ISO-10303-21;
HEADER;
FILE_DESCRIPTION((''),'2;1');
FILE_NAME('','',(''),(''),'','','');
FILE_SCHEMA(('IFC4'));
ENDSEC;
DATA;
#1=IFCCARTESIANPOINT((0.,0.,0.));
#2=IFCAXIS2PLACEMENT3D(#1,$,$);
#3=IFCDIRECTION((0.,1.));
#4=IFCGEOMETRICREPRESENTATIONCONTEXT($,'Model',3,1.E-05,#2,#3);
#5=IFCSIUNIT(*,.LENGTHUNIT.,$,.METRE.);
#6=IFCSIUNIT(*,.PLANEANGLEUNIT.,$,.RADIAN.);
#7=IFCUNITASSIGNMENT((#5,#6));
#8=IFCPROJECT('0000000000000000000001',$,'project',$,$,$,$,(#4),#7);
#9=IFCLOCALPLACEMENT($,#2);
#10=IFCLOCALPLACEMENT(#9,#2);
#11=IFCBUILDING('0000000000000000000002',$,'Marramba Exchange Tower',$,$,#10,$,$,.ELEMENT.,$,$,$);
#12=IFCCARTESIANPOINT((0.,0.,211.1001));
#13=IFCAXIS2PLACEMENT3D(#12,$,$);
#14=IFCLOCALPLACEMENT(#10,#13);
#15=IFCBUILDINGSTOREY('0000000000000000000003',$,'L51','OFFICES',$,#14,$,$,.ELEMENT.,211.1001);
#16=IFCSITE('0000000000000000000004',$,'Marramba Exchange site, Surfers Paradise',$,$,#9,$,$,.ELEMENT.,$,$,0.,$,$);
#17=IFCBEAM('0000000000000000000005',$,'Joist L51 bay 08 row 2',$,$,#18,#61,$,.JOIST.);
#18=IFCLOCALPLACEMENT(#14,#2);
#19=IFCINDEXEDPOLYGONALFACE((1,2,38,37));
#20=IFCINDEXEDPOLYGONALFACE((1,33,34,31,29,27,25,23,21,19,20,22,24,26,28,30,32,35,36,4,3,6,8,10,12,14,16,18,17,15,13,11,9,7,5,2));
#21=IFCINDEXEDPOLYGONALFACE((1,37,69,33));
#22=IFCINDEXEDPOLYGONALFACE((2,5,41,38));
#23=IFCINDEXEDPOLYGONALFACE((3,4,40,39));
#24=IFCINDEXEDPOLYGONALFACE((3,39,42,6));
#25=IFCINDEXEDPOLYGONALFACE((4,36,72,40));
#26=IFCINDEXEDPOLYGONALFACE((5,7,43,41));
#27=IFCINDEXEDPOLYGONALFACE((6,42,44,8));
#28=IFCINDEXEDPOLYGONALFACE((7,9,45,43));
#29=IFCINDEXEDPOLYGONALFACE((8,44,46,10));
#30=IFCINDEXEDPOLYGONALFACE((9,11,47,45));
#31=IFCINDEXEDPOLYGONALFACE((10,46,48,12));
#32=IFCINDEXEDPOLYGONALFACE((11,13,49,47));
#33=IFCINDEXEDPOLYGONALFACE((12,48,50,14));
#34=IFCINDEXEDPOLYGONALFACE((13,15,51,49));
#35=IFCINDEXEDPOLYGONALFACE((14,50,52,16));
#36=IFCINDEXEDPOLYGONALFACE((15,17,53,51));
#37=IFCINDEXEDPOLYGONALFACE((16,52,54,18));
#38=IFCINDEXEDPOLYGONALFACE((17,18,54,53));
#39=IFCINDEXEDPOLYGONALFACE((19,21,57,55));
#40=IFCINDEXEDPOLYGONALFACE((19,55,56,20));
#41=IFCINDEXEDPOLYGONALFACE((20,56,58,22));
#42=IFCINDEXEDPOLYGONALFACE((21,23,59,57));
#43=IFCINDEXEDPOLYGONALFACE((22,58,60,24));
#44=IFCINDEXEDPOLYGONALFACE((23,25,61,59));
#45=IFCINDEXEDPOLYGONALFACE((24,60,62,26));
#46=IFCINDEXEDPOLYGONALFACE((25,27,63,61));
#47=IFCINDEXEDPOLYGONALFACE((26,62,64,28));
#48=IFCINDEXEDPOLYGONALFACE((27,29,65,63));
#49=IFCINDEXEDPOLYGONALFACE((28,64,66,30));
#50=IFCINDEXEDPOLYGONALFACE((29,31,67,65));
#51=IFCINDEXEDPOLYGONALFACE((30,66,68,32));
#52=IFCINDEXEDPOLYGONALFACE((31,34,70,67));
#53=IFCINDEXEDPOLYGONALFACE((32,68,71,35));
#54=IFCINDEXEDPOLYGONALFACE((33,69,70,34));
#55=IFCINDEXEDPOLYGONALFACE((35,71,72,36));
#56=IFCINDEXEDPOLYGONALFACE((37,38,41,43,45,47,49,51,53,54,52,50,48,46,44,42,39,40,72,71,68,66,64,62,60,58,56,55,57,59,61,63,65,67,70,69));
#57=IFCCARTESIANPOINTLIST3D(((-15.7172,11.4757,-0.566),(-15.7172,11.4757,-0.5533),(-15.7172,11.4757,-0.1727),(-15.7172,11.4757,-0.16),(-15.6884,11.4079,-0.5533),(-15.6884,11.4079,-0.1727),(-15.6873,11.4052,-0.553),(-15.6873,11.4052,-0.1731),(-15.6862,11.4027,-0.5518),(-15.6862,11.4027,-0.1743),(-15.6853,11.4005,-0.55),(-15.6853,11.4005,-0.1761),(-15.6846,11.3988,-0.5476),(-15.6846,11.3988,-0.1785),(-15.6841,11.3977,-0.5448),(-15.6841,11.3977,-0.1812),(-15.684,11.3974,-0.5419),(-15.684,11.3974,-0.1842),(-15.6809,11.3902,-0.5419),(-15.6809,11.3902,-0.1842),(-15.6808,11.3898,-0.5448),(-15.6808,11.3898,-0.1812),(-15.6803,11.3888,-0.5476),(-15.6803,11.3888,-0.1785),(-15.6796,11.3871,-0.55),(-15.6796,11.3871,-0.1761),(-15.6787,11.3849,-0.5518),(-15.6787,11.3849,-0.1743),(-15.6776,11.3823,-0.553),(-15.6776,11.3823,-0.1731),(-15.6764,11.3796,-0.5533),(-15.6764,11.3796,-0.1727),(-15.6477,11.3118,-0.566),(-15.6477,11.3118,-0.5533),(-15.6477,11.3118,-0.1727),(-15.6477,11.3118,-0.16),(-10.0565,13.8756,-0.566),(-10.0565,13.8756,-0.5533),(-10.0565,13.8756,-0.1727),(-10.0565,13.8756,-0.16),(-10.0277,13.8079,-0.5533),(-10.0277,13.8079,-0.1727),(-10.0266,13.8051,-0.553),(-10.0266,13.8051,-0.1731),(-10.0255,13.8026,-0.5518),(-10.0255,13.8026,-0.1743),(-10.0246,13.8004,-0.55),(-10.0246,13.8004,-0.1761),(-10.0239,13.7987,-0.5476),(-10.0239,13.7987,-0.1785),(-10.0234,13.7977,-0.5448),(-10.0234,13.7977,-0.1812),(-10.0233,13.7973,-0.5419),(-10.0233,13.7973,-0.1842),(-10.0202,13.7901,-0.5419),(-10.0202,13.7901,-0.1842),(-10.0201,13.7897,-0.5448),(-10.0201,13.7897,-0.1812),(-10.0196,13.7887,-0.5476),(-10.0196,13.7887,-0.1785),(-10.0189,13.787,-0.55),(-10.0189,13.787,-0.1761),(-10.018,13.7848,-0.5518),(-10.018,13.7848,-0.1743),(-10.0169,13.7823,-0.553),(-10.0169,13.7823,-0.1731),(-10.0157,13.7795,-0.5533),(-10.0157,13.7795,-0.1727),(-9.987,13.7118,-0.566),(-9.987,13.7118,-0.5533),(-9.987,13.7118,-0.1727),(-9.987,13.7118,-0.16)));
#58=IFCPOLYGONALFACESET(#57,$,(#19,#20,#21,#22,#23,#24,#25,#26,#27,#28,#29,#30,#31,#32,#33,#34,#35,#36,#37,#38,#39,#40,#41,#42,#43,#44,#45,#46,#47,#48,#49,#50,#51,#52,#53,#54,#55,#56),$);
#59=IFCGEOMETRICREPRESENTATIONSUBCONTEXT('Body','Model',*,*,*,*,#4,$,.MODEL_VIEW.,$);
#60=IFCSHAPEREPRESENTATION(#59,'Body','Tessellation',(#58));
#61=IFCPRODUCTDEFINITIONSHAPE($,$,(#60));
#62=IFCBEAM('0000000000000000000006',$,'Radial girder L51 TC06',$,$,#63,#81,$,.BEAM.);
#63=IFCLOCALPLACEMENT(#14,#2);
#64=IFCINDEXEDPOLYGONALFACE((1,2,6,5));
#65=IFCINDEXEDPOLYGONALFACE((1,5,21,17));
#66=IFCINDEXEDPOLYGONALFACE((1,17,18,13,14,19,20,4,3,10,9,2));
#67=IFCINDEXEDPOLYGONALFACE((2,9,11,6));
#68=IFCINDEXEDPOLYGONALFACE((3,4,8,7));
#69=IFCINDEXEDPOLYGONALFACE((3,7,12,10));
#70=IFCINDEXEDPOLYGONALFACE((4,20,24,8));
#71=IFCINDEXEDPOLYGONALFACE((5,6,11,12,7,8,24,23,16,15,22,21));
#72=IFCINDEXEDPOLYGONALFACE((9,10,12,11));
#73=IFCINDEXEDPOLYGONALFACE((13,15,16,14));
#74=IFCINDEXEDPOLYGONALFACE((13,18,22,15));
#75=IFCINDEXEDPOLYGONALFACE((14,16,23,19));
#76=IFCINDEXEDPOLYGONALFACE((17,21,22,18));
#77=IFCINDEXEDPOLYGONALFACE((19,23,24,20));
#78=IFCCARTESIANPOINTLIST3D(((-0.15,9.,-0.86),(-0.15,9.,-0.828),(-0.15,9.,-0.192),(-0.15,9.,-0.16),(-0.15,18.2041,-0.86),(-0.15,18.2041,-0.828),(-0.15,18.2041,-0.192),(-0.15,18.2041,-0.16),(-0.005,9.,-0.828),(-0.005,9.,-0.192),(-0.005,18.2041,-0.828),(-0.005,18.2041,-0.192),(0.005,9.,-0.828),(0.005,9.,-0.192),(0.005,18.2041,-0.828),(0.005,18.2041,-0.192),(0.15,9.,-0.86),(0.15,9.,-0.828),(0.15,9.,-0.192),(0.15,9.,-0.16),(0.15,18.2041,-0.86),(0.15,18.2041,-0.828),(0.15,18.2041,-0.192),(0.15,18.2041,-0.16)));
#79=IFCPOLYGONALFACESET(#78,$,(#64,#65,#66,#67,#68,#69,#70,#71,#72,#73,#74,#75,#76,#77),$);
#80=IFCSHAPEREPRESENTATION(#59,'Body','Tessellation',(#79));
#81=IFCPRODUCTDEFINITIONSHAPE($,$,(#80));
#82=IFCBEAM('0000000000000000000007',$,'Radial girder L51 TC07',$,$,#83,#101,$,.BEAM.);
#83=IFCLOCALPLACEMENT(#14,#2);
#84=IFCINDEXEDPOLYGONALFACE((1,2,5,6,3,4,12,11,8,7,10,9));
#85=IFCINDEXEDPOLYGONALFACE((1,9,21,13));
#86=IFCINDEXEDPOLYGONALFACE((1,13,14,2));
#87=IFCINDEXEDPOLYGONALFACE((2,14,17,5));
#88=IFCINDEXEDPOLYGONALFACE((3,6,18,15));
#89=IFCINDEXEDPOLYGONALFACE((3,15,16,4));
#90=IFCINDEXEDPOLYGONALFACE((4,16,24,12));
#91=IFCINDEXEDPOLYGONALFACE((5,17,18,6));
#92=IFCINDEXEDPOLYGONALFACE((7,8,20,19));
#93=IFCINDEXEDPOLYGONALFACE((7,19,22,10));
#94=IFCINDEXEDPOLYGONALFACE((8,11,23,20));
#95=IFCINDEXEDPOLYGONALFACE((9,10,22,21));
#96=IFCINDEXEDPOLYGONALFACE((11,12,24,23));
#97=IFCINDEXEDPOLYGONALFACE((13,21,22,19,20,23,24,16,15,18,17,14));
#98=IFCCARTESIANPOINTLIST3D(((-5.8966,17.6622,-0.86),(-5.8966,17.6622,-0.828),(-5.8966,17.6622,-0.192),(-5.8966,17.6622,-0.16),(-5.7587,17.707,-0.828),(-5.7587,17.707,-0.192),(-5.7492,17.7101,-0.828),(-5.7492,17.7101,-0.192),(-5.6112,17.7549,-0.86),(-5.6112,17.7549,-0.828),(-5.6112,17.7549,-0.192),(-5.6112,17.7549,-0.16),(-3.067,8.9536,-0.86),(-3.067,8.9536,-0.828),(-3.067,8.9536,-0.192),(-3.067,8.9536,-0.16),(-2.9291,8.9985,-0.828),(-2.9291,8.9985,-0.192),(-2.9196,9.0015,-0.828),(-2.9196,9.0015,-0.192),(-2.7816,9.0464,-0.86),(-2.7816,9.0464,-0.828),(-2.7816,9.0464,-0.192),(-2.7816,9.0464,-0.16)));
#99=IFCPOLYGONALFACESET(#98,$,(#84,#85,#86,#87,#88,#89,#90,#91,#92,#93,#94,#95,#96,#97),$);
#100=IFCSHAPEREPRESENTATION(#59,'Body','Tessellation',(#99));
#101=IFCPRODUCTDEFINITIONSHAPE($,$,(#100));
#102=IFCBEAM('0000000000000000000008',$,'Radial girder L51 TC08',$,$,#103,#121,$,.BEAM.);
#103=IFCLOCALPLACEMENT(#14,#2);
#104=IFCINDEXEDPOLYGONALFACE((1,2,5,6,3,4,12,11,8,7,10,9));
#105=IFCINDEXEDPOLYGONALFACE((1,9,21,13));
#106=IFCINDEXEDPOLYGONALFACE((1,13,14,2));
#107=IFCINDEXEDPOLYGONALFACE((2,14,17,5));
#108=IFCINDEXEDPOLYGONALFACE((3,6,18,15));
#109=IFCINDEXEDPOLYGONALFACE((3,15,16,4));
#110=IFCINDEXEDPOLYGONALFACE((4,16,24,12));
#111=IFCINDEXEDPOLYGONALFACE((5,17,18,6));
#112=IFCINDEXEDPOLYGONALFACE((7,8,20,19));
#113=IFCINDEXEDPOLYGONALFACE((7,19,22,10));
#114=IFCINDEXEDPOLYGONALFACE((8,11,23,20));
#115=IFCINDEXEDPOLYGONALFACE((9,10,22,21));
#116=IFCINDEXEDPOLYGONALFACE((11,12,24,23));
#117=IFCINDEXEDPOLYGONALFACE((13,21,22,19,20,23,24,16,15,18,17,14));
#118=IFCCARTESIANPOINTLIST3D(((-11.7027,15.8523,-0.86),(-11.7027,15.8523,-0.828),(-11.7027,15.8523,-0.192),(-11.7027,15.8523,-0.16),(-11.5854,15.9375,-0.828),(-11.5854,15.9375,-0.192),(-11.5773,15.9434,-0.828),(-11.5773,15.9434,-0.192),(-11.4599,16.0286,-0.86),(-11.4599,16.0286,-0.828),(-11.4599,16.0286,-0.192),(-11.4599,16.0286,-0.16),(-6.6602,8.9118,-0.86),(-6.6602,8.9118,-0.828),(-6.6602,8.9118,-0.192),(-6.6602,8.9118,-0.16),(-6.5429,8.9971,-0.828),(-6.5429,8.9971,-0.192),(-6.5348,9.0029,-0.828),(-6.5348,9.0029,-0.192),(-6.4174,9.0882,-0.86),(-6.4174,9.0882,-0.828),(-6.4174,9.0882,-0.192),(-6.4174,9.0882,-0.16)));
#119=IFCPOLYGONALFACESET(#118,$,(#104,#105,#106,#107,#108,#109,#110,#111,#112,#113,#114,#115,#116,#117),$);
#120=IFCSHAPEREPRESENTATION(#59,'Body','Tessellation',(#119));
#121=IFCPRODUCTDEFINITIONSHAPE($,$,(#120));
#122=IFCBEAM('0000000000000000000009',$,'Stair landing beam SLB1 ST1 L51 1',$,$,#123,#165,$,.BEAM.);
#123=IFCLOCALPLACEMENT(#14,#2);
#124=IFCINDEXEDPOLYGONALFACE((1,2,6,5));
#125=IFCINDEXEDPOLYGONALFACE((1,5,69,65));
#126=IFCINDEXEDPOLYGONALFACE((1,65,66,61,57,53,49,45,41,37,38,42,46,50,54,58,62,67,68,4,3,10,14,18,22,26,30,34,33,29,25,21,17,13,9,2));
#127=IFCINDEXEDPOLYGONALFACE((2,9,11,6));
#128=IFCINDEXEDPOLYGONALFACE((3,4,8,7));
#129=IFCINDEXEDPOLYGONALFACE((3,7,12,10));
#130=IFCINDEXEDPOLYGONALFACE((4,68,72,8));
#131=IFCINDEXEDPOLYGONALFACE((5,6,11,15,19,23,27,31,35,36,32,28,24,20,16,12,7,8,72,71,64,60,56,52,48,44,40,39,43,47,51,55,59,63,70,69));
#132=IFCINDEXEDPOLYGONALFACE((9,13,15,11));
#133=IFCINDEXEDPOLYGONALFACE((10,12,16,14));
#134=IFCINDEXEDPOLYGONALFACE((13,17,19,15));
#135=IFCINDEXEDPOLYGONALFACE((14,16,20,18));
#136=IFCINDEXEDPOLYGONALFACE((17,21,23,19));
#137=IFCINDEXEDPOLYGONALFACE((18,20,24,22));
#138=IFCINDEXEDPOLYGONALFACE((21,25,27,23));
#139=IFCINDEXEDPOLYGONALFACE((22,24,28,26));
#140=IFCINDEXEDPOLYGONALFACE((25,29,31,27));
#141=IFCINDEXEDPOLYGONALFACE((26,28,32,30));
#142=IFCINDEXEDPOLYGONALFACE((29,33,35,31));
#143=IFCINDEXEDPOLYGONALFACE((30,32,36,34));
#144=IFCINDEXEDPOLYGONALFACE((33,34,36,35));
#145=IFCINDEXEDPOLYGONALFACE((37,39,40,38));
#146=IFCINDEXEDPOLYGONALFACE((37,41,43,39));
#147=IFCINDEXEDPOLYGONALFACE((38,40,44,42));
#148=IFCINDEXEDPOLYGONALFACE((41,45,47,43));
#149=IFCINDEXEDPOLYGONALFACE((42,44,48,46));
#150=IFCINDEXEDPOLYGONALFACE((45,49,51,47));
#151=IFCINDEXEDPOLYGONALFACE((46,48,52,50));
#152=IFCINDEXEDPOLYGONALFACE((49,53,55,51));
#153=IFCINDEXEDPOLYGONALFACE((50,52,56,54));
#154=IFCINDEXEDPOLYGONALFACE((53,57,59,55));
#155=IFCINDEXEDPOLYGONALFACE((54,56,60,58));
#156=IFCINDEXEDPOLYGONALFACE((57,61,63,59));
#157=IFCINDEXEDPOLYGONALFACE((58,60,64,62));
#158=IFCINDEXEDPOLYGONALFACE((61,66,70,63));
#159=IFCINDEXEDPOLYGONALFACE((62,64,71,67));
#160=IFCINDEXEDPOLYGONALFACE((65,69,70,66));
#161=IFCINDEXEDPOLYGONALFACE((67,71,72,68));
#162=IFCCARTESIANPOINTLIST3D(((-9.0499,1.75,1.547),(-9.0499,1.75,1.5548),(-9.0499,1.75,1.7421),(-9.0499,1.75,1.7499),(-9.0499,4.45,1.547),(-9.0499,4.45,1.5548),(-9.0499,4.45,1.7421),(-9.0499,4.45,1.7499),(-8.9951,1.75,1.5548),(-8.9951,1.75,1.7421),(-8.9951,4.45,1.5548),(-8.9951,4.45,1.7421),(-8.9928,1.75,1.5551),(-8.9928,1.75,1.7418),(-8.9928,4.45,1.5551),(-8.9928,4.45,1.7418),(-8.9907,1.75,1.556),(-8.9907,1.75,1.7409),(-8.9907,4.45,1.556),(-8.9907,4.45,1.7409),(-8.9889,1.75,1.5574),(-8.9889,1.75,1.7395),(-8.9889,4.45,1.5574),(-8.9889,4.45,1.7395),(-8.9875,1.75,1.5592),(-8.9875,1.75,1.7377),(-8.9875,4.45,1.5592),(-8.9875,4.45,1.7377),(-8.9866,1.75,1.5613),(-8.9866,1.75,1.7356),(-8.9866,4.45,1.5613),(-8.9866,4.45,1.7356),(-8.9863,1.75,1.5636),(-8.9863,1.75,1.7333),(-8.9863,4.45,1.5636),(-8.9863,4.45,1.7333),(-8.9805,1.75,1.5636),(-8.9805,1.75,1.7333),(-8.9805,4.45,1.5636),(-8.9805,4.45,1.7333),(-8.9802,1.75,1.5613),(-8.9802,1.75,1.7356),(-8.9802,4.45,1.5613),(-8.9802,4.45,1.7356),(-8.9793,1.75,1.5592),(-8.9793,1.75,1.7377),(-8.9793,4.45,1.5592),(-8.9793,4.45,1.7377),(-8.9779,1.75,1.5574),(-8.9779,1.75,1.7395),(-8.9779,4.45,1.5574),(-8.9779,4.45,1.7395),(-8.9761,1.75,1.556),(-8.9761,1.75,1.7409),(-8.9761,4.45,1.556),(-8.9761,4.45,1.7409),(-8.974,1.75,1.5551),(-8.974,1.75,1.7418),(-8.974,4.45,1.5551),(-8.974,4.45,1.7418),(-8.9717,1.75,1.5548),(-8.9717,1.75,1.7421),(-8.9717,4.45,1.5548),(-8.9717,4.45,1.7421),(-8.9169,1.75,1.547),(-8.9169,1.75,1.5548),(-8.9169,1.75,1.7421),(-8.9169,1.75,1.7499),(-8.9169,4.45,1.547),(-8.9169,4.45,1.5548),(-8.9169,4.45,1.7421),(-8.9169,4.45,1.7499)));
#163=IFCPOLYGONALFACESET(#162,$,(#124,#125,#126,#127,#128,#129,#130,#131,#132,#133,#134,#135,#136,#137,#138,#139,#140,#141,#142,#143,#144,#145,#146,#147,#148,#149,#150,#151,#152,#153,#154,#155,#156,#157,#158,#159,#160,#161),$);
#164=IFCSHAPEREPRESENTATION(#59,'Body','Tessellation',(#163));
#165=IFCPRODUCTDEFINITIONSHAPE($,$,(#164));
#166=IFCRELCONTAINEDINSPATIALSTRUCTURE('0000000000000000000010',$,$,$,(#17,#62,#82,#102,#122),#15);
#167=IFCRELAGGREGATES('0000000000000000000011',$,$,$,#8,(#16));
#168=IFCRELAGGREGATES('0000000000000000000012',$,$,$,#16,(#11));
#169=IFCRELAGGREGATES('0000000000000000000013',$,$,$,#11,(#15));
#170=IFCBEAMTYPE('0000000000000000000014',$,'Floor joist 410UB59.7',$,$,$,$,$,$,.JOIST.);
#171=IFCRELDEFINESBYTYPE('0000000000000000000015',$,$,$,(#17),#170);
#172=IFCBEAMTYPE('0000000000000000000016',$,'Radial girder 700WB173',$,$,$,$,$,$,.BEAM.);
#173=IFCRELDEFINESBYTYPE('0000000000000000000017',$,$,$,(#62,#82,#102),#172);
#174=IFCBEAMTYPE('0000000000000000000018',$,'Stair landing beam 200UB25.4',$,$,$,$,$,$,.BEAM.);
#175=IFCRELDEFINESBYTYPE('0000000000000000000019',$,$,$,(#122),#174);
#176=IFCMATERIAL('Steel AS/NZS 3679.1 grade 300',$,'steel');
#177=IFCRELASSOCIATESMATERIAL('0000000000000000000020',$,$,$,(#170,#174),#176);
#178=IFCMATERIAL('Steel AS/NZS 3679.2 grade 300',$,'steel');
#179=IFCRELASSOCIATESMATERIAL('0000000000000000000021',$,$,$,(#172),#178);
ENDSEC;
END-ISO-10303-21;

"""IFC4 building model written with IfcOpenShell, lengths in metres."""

from ifc_helpers import new_model, si_unit, direction, frame, origin, origin_2d, place, context, subcontext, project, spatial, i_section, extrude, material, material_profile, profile_set, type_object, element, save


model = new_model("IFC4")

# Units and contexts
model_context = context("Model", 3, precision=1e-05, world=origin(), true_north=direction((0.0, 1.0)))
body_context = subcontext(model_context, "Body", "Model", "MODEL_VIEW")
ifc_project = project(units=[si_unit("LENGTHUNIT", "METRE"), si_unit("PLANEANGLEUNIT", "RADIAN")], contexts=[model_context])

# Site, building, storey
site_placement = place(None, origin())
site = spatial("IfcSite", under=ifc_project, at=site_placement, Name="Marramba Exchange site, Surfers Paradise", CompositionType="ELEMENT", RefElevation=0.0)
building_placement = place(site_placement, origin())
building = spatial("IfcBuilding", under=site, at=building_placement, Name="Marramba Exchange Tower", CompositionType="ELEMENT")
storey_placement = place(building_placement, frame((0.0, 0.0, 211.1001)))
storey = spatial("IfcBuildingStorey", under=building, at=storey_placement, Name="L51", Description="OFFICES", CompositionType="ELEMENT", Elevation=211.1001)

# Beams
ifc_material_1 = material(Name="Steel AS/NZS 3679.1 grade 300", Category="steel")
ifc_material_profile_1 = material_profile(ifc_material_1, i_section(OverallWidth=0.178, OverallDepth=0.406, WebThickness=0.0078, FlangeThickness=0.0127, FilletRadius=0.0115, at=origin_2d()), Name="410UB59.7")
ifc_profile_set_1 = profile_set([ifc_material_profile_1], Name="Steel AS/NZS 3679.1 grade 300")
beam_type_1 = type_object("IfcBeamType", Name="Floor joist 410UB59.7", PredefinedType="JOIST", material=ifc_profile_set_1)
beam_1_placement = place(storey_placement, frame((-10.0217, 13.7937, -0.363), z_axis=(-0.920674, -0.390332, 0.0), x_axis=(0.390332, -0.920674, 0.0)))
element("IfcBeam", 1, at=beam_1_placement, inside=storey, type_object=beam_type_1, Name="Joist L51 bay 08 row 2", PredefinedType="JOIST", context=body_context, shape_type="SweptSolid", body=[
    extrude(i_section(OverallWidth=0.178, OverallDepth=0.406, WebThickness=0.0078, FlangeThickness=0.0127, FilletRadius=0.0115, at=origin_2d()), origin(), (0.0, 0.0, 1.0), 6.1484),
])
ifc_material_2 = material(Name="Steel AS/NZS 3679.2 grade 300", Category="steel")
ifc_material_profile_2 = material_profile(ifc_material_2, i_section(OverallWidth=0.3, OverallDepth=0.7, WebThickness=0.01, FlangeThickness=0.032, at=origin_2d()), Name="700WB173")
ifc_profile_set_2 = profile_set([ifc_material_profile_2], Name="Steel AS/NZS 3679.2 grade 300")
beam_type_2 = type_object("IfcBeamType", Name="Radial girder 700WB173", PredefinedType="BEAM", material=ifc_profile_set_2)
beam_2_placement = place(storey_placement, frame((0.0, 9.0, -0.51), z_axis=(0.0, 1.0, 0.0), x_axis=(-1.0, 0.0, 0.0)))
element("IfcBeam", 2, at=beam_2_placement, inside=storey, type_object=beam_type_2, Name="Radial girder L51 TC06", PredefinedType="BEAM", context=body_context, shape_type="SweptSolid", body=[
    extrude(i_section(OverallWidth=0.3, OverallDepth=0.7, WebThickness=0.01, FlangeThickness=0.032, at=origin_2d()), origin(), (0.0, 0.0, 1.0), 9.2041),
])
beam_3_placement = place(storey_placement, frame((-2.9243, 9.0, -0.51), z_axis=(-0.30902, 0.951056, 0.0), x_axis=(-0.951056, -0.30902, 0.0)))
element("IfcBeam", 3, at=beam_3_placement, inside=storey, type_object=beam_type_2, Name="Radial girder L51 TC07", PredefinedType="BEAM", context=body_context, shape_type="SweptSolid", body=[
    extrude(i_section(OverallWidth=0.3, OverallDepth=0.7, WebThickness=0.01, FlangeThickness=0.032, at=origin_2d()), origin(), (0.0, 0.0, 1.0), 9.1567),
])
beam_4_placement = place(storey_placement, frame((-6.5388, 9.0, -0.51), z_axis=(-0.587782, 0.809019, 0.0), x_axis=(-0.809019, -0.587782, 0.0)))
element("IfcBeam", 4, at=beam_4_placement, inside=storey, type_object=beam_type_2, Name="Radial girder L51 TC08", PredefinedType="BEAM", context=body_context, shape_type="SweptSolid", body=[
    extrude(i_section(OverallWidth=0.3, OverallDepth=0.7, WebThickness=0.01, FlangeThickness=0.032, at=origin_2d()), origin(), (0.0, 0.0, 1.0), 8.5789),
])
ifc_material_profile_3 = material_profile(ifc_material_1, i_section(OverallWidth=0.1331, OverallDepth=0.2029, WebThickness=0.0059, FlangeThickness=0.0078, FilletRadius=0.0088, at=origin_2d()), Name="200UB25.4")
ifc_profile_set_3 = profile_set([ifc_material_profile_3], Name="Steel AS/NZS 3679.1 grade 300")
beam_type_3 = type_object("IfcBeamType", Name="Stair landing beam 200UB25.4", PredefinedType="BEAM", material=ifc_profile_set_3)
for number, where, z_axis, x_axis, name in (
    (5, (-8.9834, 1.75, 1.6484), (0.0, 1.0, 0.0), (-1.0, 0.0, 0.0), "Stair landing beam SLB1 ST1 L51 1"),
):
    element("IfcBeam", number, at=place(storey_placement, frame(where, z_axis=z_axis, x_axis=x_axis)), inside=storey, type_object=beam_type_3, Name=name, PredefinedType="BEAM", context=body_context, shape_type="SweptSolid", body=[
        extrude(i_section(OverallWidth=0.1331, OverallDepth=0.2029, WebThickness=0.0059, FlangeThickness=0.0078, FilletRadius=0.0088, at=origin_2d()), origin(), (0.0, 0.0, 1.0), 2.7),
    ])

save(model, "model.ifc")
